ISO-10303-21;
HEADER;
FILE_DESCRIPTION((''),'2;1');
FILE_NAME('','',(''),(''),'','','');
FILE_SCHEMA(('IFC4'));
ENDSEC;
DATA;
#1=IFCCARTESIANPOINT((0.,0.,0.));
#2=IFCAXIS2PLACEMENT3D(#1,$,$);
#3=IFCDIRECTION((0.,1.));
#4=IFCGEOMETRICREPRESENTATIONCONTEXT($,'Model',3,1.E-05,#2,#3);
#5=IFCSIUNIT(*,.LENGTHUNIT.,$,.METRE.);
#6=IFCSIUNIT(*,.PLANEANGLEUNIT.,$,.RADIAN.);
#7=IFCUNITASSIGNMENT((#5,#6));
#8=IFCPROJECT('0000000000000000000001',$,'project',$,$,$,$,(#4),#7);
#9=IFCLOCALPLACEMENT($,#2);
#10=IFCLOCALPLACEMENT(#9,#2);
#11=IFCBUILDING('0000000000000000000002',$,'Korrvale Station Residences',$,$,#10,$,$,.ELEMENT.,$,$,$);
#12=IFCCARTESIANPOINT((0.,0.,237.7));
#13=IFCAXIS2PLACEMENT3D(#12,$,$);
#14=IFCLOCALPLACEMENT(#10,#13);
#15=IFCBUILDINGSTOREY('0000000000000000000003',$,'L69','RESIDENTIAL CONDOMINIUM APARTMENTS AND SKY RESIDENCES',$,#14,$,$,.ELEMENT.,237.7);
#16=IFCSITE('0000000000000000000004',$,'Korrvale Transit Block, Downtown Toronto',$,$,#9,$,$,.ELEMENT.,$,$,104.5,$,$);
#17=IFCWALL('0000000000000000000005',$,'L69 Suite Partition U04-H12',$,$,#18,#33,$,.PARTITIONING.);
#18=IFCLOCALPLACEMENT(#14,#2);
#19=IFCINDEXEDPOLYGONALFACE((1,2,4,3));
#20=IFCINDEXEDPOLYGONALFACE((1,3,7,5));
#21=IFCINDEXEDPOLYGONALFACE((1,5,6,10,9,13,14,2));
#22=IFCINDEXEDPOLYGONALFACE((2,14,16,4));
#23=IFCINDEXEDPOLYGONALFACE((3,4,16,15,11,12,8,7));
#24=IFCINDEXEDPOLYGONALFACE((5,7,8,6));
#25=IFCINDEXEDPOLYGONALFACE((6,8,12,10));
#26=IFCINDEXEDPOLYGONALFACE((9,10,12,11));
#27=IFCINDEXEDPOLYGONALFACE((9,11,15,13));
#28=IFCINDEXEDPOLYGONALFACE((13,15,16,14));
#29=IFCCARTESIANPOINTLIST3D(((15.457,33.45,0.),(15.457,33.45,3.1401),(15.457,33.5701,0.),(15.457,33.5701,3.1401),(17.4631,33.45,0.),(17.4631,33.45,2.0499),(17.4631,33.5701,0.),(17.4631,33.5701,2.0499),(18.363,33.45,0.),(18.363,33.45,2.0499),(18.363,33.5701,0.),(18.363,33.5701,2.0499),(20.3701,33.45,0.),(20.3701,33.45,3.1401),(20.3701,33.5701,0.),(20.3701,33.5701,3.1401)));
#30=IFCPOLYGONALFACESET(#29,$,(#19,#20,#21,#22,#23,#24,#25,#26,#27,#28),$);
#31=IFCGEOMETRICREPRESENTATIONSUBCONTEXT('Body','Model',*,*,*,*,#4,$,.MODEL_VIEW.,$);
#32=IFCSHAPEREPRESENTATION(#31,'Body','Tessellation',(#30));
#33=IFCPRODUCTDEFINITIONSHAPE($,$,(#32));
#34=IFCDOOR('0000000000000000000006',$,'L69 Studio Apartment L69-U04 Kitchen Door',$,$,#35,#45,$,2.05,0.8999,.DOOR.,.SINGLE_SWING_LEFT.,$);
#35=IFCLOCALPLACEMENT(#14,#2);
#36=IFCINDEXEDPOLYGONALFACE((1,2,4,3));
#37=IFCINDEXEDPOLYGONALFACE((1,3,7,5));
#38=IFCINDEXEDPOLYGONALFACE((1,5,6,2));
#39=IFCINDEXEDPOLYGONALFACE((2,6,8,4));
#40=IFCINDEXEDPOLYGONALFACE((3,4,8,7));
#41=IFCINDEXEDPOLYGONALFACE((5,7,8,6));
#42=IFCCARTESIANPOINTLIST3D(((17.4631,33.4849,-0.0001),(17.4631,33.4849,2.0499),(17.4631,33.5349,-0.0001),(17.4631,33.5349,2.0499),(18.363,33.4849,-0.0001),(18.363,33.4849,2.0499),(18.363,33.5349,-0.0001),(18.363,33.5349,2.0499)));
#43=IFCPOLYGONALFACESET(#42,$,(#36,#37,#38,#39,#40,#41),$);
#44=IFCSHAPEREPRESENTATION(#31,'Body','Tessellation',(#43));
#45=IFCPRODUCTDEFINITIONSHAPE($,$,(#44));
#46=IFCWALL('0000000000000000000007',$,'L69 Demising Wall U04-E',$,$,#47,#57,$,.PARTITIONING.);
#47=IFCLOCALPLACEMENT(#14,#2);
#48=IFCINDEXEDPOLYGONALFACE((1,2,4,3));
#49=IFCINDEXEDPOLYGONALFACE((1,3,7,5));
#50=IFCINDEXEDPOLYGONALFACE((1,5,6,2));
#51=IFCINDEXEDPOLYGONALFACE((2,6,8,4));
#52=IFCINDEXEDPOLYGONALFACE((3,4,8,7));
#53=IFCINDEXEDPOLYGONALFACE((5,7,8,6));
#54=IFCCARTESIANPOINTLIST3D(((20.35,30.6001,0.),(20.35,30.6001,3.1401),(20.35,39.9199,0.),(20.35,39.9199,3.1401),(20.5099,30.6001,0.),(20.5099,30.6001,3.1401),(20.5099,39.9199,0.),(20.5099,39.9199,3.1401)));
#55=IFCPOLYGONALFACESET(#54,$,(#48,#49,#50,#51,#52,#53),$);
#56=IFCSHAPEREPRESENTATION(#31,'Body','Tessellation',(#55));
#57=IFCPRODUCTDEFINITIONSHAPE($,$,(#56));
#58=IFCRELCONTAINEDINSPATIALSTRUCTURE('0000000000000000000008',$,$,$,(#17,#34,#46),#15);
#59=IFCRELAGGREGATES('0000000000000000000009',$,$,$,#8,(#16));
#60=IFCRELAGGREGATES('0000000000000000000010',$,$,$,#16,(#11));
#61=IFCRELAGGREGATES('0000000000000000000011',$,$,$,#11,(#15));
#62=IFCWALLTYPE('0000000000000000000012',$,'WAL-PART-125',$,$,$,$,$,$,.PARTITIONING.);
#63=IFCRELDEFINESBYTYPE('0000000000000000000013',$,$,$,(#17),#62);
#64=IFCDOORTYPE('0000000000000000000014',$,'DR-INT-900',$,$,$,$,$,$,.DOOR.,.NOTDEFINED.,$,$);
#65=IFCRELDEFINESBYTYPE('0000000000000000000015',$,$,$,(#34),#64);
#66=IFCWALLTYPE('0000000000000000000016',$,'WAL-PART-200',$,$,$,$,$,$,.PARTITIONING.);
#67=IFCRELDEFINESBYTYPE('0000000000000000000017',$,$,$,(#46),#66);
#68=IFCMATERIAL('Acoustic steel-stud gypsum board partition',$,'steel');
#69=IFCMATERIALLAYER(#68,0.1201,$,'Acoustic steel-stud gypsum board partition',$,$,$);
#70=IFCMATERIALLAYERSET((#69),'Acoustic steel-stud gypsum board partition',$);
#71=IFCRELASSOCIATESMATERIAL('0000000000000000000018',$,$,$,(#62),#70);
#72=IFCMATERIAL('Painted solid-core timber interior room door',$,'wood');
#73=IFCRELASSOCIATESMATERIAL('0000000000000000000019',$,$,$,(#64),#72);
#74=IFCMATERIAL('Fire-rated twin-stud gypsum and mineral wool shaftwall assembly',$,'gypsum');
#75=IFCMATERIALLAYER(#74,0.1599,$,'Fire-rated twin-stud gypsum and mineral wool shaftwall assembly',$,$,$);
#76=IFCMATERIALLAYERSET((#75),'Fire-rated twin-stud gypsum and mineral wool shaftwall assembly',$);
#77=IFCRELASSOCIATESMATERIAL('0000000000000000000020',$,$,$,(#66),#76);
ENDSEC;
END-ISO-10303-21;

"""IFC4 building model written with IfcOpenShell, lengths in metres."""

from ifc_helpers import new_model, si_unit, direction, frame, frame_2d, origin, place, context, subcontext, project, spatial, rectangle, extrude, material, layer, layer_set, type_object, element, fill, save


model = new_model("IFC4")

# Units and contexts
model_context = context("Model", 3, precision=1e-05, world=origin(), true_north=direction((0.0, 1.0)))
body_context = subcontext(model_context, "Body", "Model", "MODEL_VIEW")
ifc_project = project(units=[si_unit("LENGTHUNIT", "METRE"), si_unit("PLANEANGLEUNIT", "RADIAN")], contexts=[model_context])

# Site, building, storey
site_placement = place(None, origin())
site = spatial("IfcSite", under=ifc_project, at=site_placement, Name="Korrvale Transit Block, Downtown Toronto", CompositionType="ELEMENT", RefElevation=104.5)
building_placement = place(site_placement, origin())
building = spatial("IfcBuilding", under=site, at=building_placement, Name="Korrvale Station Residences", CompositionType="ELEMENT")
storey_placement = place(building_placement, frame((0.0, 0.0, 237.7)))
storey = spatial("IfcBuildingStorey", under=building, at=storey_placement, Name="L69", Description="RESIDENTIAL CONDOMINIUM APARTMENTS AND SKY RESIDENCES", CompositionType="ELEMENT", Elevation=237.7)

# Wall, opening, door
ifc_material_1 = material(Name="Acoustic steel-stud gypsum board partition", Category="steel")
ifc_layer_1 = layer(ifc_material_1, 0.1201, Name="Acoustic steel-stud gypsum board partition")
ifc_layer_set_1 = layer_set([ifc_layer_1], Name="Acoustic steel-stud gypsum board partition")
wall_type_1 = type_object("IfcWallType", Name="WAL-PART-125", PredefinedType="PARTITIONING", material=ifc_layer_set_1)
wall_1_placement = place(storey_placement, frame((15.457, 33.51, 0.0), z_axis=(0.0, 0.0, 1.0), x_axis=(1.0, 0.0, 0.0)))
wall_1 = element("IfcWall", 1, at=wall_1_placement, inside=storey, type_object=wall_type_1, Name="L69 Suite Partition U04-H12", PredefinedType="PARTITIONING", context=body_context, shape_type="SweptSolid", body=[
    extrude(rectangle(XDim=4.9131, YDim=0.1201, at=frame_2d((2.4565, 0.0))), origin(), (0.0, 0.0, 1.0), 3.1401),
])
opening_1_placement = place(wall_1_placement, frame((2.0061, 0.0, 0.0)))
opening_1 = element("IfcOpeningElement", 2, at=opening_1_placement, cuts=wall_1, PredefinedType="OPENING", context=body_context, shape_type="SweptSolid", body=[
    extrude(rectangle(XDim=0.8999, YDim=2.05, at=frame_2d((0.45, 1.0249))), frame((0.0, 0.0701, 0.0), z_axis=(0.0, -1.0, 0.0), x_axis=(1.0, 0.0, 0.0)), (0.0, 0.0, 1.0), 0.1401),
])
ifc_material_2 = material(Name="Painted solid-core timber interior room door", Category="wood")
door_type_1 = type_object("IfcDoorType", Name="DR-INT-900", OperationType="NOTDEFINED", PredefinedType="DOOR", material=ifc_material_2)
door_1_placement = place(opening_1_placement, origin())
door_1 = element("IfcDoor", 3, at=door_1_placement, inside=storey, type_object=door_type_1, Name="L69 Studio Apartment L69-U04 Kitchen Door", OperationType="SINGLE_SWING_LEFT", OverallHeight=2.05, OverallWidth=0.8999, PredefinedType="DOOR", context=body_context, shape_type="SweptSolid", body=[
    extrude(rectangle(XDim=0.8999, YDim=2.05, at=frame_2d((0.45, 1.0249))), frame((0.0, 0.0249, 0.0), z_axis=(0.0, -1.0, 0.0), x_axis=(1.0, 0.0, 0.0)), (0.0, 0.0, 1.0), 0.05),
])
fill(opening_1, door_1)

# Wall
ifc_material_3 = material(Name="Fire-rated twin-stud gypsum and mineral wool shaftwall assembly", Category="gypsum")
ifc_layer_2 = layer(ifc_material_3, 0.1599, Name="Fire-rated twin-stud gypsum and mineral wool shaftwall assembly")
ifc_layer_set_2 = layer_set([ifc_layer_2], Name="Fire-rated twin-stud gypsum and mineral wool shaftwall assembly")
wall_type_2 = type_object("IfcWallType", Name="WAL-PART-200", PredefinedType="PARTITIONING", material=ifc_layer_set_2)
wall_2_placement = place(storey_placement, frame((20.4299, 30.6001, 0.0), z_axis=(0.0, 0.0, 1.0), x_axis=(0.0, 1.0, 0.0)))
element("IfcWall", 4, at=wall_2_placement, inside=storey, type_object=wall_type_2, Name="L69 Demising Wall U04-E", PredefinedType="PARTITIONING", context=body_context, shape_type="SweptSolid", body=[
    extrude(rectangle(XDim=9.3198, YDim=0.1599, at=frame_2d((4.6599, 0.0))), origin(), (0.0, 0.0, 1.0), 3.1401),
])

save(model, "model.ifc")
